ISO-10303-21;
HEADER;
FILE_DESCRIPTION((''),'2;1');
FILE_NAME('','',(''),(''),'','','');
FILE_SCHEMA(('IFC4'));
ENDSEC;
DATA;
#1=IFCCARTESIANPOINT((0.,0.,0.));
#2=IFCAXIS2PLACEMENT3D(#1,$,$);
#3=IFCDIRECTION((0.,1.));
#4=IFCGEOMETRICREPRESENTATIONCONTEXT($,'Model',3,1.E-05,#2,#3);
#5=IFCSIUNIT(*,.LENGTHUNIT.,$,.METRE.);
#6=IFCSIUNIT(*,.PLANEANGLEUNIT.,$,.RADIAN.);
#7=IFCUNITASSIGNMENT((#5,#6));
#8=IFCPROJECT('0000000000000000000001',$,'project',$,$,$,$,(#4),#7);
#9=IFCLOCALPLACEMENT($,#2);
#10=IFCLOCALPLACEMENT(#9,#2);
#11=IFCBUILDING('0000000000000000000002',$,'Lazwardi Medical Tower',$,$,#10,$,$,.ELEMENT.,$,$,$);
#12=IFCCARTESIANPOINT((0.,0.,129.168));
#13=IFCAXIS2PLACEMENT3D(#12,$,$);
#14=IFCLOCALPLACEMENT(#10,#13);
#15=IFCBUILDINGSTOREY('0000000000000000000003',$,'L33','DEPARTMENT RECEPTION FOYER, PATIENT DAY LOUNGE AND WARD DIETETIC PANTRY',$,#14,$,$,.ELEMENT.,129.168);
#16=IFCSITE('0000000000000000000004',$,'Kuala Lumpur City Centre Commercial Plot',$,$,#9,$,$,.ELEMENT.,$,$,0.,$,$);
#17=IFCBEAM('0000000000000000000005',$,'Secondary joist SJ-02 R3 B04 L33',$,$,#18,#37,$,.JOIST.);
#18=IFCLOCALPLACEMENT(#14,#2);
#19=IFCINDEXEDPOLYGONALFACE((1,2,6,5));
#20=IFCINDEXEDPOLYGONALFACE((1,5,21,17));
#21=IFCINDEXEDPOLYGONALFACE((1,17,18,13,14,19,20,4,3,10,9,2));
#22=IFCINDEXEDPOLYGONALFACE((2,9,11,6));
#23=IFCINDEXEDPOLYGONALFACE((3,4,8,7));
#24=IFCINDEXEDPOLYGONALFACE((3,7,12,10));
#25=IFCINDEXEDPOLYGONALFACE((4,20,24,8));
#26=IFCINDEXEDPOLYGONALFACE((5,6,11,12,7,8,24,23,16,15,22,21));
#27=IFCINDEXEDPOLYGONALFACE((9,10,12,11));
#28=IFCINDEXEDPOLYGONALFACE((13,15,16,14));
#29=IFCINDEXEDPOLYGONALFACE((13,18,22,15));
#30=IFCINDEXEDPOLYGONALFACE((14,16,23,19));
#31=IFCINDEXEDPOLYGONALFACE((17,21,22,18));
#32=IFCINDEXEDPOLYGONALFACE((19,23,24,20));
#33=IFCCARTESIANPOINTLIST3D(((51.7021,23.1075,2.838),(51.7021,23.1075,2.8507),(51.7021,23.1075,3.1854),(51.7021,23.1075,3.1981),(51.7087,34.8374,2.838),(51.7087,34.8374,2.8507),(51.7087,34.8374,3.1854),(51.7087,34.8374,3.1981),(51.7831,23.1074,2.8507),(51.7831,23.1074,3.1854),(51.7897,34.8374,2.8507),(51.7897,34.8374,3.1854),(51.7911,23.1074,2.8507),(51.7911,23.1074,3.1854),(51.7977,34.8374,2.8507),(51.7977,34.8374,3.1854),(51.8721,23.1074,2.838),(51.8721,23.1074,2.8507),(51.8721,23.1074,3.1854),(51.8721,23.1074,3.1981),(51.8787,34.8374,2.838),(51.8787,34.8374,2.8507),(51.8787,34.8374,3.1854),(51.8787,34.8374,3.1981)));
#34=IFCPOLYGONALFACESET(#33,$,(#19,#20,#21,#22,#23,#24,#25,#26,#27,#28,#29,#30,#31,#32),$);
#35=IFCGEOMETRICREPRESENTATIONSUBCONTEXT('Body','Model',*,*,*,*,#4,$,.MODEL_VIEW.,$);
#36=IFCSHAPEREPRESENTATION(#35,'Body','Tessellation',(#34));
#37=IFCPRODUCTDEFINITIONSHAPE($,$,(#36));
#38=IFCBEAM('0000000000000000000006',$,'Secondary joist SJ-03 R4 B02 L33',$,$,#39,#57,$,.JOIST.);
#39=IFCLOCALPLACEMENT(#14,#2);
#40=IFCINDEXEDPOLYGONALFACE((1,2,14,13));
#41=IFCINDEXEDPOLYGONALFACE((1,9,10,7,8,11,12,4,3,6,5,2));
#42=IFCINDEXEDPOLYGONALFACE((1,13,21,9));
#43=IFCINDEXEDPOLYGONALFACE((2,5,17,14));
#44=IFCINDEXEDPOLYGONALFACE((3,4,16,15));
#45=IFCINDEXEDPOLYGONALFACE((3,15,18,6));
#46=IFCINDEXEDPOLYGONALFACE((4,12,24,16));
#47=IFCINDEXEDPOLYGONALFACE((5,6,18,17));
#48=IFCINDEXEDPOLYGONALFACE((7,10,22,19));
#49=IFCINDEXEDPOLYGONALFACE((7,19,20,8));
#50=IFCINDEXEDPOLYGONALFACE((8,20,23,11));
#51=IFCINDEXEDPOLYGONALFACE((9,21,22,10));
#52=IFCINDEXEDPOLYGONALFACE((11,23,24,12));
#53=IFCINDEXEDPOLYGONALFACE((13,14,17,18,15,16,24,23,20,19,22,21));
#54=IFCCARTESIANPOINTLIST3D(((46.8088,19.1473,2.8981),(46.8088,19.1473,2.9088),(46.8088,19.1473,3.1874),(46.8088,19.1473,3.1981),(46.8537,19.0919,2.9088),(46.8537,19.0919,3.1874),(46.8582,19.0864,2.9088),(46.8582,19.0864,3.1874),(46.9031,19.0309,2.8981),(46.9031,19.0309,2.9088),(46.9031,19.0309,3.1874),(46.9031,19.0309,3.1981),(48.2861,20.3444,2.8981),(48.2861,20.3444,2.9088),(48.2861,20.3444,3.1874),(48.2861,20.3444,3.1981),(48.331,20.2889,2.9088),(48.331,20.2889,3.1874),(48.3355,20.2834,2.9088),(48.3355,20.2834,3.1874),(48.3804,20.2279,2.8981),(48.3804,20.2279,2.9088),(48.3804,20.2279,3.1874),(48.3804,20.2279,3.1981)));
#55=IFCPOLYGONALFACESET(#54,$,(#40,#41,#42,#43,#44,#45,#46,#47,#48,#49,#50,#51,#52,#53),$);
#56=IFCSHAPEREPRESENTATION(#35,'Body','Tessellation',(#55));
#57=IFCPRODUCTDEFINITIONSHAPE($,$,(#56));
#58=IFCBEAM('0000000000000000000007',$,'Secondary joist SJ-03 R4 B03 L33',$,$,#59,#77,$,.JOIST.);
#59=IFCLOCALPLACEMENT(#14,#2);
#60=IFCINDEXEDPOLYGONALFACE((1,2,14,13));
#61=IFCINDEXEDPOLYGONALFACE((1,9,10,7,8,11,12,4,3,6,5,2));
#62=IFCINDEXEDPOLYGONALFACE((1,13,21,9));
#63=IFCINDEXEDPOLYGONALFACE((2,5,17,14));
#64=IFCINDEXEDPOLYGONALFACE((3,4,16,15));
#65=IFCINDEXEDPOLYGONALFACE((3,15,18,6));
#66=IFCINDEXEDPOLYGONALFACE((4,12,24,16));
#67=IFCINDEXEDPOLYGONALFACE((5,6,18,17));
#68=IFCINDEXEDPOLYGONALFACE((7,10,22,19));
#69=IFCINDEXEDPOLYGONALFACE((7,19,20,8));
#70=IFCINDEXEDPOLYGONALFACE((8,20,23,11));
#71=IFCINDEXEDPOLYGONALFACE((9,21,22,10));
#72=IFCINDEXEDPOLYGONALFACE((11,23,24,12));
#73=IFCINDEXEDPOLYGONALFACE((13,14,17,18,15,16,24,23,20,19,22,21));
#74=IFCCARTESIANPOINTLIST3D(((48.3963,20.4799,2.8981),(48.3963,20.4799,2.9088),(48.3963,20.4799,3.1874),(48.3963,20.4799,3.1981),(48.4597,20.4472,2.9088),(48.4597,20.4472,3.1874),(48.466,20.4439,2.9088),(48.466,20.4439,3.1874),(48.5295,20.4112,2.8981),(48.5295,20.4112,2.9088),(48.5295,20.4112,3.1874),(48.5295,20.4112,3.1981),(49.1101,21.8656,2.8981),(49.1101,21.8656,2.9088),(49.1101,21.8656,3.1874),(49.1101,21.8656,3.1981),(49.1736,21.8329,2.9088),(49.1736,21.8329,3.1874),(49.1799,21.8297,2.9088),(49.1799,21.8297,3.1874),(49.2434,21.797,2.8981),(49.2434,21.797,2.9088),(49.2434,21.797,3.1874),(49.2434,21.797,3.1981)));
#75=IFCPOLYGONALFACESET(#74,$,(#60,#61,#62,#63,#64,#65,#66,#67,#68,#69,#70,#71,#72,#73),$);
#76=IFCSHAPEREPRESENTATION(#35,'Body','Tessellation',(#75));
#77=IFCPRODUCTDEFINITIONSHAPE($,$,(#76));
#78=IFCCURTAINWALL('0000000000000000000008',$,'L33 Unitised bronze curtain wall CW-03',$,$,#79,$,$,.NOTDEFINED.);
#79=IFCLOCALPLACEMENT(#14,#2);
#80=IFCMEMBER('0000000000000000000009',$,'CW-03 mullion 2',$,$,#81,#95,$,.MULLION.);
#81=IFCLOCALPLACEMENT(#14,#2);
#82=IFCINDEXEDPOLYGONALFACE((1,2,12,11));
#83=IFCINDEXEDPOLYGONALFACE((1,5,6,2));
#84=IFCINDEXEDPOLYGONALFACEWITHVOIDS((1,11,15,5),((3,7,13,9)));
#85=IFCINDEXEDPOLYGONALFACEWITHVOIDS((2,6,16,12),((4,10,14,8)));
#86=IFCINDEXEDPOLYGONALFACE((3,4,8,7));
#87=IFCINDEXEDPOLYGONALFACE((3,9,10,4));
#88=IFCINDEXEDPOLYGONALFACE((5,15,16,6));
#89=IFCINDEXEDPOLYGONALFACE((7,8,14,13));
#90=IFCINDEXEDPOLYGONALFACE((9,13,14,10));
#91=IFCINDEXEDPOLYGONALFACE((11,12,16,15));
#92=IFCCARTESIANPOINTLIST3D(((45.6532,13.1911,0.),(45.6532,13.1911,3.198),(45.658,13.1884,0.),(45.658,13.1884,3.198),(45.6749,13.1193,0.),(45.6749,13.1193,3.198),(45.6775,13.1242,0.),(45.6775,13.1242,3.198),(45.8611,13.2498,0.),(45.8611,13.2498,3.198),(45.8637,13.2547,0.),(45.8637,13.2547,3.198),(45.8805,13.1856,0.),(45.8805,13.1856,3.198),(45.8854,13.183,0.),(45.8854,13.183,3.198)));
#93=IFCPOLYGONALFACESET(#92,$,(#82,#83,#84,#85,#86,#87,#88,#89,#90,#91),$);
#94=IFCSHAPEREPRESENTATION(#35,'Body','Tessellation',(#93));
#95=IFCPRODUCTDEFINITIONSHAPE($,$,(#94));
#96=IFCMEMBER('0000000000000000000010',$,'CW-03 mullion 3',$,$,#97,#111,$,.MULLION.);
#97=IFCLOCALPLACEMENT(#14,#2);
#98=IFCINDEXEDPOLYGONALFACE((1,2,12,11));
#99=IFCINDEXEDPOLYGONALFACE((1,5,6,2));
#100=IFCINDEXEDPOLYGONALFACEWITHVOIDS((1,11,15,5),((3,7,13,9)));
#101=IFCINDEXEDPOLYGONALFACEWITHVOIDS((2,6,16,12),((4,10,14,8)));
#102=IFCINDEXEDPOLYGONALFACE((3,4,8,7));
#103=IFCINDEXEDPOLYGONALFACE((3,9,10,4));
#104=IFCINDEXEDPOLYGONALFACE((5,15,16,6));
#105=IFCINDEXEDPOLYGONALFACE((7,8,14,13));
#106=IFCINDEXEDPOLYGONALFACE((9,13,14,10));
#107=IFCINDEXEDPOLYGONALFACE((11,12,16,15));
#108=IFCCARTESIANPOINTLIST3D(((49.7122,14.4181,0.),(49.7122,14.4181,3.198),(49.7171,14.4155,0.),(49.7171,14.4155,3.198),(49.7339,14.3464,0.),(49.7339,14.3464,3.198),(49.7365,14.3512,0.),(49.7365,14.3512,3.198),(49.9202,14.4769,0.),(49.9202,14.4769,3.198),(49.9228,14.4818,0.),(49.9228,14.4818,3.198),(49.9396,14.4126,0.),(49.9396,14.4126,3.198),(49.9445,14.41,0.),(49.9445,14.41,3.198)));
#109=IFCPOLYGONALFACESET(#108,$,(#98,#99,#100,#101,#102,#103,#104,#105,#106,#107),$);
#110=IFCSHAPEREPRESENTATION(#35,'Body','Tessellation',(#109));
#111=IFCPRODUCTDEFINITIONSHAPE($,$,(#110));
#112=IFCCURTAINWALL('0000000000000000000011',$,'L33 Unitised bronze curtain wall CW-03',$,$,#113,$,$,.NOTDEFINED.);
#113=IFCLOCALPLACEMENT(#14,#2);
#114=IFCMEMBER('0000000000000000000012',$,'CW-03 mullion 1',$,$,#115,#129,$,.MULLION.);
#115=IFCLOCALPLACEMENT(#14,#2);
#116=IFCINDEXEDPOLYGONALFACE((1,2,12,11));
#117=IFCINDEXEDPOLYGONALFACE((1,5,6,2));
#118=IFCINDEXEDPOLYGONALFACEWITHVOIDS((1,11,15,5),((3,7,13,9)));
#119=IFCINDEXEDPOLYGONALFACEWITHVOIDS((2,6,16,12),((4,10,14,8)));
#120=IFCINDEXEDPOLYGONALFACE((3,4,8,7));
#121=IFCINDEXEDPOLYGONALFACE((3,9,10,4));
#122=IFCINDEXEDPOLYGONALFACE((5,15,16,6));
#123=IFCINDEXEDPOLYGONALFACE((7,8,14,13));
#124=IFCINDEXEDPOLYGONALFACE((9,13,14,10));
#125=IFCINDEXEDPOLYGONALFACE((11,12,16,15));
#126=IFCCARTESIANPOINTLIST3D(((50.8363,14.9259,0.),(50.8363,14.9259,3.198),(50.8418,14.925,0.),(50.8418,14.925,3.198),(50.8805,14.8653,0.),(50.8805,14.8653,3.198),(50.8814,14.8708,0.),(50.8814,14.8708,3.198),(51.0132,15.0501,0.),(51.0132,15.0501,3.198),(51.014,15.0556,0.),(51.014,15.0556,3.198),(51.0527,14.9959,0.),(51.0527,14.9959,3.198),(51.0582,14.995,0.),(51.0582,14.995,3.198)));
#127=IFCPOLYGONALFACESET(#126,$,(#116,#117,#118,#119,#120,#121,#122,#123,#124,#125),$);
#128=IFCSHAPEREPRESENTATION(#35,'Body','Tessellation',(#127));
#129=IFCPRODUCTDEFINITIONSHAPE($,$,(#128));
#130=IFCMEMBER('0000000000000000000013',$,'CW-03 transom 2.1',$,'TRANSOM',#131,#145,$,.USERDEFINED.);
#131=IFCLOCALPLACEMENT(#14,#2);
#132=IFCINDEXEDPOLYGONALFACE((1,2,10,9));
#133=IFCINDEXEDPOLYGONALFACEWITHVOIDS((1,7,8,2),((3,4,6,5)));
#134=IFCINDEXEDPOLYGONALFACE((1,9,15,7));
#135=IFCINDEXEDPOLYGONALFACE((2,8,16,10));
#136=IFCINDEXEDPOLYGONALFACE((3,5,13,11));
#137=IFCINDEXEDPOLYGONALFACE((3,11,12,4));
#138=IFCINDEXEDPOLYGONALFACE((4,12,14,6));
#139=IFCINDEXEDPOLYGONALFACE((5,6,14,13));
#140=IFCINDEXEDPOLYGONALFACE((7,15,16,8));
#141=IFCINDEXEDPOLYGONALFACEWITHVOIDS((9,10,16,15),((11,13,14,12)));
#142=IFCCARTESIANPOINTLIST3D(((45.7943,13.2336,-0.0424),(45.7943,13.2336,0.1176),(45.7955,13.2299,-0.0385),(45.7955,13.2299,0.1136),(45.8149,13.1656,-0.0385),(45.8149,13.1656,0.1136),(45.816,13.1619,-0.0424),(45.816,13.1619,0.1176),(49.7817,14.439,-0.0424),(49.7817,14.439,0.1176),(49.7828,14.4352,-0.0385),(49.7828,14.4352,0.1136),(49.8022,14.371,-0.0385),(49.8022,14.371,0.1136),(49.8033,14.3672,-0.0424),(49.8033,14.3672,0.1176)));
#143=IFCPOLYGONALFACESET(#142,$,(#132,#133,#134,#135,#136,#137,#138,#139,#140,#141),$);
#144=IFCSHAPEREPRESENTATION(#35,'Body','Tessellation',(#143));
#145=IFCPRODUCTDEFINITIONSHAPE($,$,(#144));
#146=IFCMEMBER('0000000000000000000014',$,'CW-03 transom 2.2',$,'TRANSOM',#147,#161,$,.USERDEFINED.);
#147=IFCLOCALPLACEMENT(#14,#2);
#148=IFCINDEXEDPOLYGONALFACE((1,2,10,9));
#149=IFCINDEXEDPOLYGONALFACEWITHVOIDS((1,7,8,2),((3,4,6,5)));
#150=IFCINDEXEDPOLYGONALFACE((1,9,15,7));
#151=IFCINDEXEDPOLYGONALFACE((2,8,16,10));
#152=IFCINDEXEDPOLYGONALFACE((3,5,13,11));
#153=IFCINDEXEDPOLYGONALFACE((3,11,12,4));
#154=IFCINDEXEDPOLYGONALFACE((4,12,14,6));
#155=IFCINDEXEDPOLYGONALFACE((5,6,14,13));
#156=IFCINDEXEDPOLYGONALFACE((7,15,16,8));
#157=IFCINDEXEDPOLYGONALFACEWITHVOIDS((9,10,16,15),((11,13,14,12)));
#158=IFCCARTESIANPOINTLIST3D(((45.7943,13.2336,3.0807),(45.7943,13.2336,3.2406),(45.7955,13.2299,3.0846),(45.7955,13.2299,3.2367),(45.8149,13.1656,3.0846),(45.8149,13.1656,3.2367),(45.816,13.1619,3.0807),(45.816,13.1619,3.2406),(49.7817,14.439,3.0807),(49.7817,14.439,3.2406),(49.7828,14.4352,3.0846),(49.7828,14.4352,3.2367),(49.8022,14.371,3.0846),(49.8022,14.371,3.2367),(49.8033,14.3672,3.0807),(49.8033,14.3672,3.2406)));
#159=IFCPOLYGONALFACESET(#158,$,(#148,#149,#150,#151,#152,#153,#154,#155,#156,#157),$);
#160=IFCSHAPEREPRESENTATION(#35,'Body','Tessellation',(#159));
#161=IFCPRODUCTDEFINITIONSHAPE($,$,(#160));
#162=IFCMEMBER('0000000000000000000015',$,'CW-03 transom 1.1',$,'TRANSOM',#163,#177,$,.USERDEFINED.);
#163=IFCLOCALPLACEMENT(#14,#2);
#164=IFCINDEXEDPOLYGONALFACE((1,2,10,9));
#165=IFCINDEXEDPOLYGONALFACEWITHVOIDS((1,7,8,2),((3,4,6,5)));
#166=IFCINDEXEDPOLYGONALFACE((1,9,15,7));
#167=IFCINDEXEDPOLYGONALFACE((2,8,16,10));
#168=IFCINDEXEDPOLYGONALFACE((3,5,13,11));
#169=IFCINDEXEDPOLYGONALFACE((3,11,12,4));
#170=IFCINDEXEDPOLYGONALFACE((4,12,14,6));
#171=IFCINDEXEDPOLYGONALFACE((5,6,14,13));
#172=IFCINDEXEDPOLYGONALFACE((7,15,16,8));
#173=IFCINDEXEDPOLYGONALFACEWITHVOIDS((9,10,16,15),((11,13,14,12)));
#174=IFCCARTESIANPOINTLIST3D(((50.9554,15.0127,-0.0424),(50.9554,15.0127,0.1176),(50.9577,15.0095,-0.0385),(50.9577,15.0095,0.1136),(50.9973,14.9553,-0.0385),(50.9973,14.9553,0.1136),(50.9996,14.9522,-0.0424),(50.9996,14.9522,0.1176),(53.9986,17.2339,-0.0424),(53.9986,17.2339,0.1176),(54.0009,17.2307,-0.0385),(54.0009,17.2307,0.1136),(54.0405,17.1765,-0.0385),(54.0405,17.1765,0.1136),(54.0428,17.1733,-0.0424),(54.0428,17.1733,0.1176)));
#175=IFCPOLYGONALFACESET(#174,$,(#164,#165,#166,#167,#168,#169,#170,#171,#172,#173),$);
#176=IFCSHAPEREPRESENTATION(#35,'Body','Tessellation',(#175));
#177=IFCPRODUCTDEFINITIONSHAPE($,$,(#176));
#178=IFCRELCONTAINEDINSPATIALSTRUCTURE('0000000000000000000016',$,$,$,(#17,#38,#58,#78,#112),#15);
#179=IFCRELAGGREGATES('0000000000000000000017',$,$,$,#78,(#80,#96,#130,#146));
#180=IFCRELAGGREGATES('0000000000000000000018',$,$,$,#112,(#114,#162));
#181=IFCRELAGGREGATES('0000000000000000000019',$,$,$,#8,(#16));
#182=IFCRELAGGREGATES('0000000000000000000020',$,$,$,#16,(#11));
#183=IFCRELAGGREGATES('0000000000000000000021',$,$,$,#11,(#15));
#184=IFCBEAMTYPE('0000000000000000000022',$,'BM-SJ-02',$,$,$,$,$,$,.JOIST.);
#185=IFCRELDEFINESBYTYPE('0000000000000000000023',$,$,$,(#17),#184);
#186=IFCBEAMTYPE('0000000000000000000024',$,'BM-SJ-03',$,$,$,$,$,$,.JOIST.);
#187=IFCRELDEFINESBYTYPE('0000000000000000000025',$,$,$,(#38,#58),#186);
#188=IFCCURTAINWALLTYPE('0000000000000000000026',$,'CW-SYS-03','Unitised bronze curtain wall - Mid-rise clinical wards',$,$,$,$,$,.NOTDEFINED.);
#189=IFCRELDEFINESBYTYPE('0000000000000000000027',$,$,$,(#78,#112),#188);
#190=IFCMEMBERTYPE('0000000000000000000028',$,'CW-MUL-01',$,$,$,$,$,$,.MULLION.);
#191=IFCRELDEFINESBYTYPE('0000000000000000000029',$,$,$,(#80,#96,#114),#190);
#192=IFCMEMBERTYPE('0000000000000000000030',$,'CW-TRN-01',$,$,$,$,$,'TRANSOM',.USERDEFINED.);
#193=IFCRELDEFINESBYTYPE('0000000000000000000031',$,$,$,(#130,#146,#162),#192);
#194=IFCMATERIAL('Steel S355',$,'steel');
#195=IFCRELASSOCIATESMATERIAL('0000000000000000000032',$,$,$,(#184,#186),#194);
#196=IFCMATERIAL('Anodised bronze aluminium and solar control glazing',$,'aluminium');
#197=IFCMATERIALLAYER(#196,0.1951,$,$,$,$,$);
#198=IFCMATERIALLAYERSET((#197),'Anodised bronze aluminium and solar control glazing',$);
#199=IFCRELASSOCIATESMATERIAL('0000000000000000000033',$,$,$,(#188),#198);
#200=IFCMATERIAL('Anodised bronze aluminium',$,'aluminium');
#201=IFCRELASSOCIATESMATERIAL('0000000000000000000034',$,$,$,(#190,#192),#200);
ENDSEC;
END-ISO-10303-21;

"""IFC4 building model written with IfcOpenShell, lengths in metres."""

from ifc_helpers import new_model, si_unit, direction, frame, origin, origin_2d, place, context, subcontext, project, spatial, hollow_rectangle, i_section, extrude, material, layer, layer_set, material_profile, profile_set, type_object, element, aggregate, save


model = new_model("IFC4")

# Units and contexts
model_context = context("Model", 3, precision=1e-05, world=origin(), true_north=direction((0.0, 1.0)))
body_context = subcontext(model_context, "Body", "Model", "MODEL_VIEW")
ifc_project = project(units=[si_unit("LENGTHUNIT", "METRE"), si_unit("PLANEANGLEUNIT", "RADIAN")], contexts=[model_context])

# Site, building, storey
site_placement = place(None, origin())
site = spatial("IfcSite", under=ifc_project, at=site_placement, Name="Kuala Lumpur City Centre Commercial Plot", CompositionType="ELEMENT", RefElevation=0.0)
building_placement = place(site_placement, origin())
building = spatial("IfcBuilding", under=site, at=building_placement, Name="Lazwardi Medical Tower", CompositionType="ELEMENT")
storey_placement = place(building_placement, frame((0.0, 0.0, 129.168)))
storey = spatial("IfcBuildingStorey", under=building, at=storey_placement, Name="L33", Description="DEPARTMENT RECEPTION FOYER, PATIENT DAY LOUNGE AND WARD DIETETIC PANTRY", CompositionType="ELEMENT", Elevation=129.168)

# Beams
ifc_material_1 = material(Name="Steel S355", Category="steel")
ifc_material_profile_1 = material_profile(ifc_material_1, i_section(OverallWidth=0.1699, OverallDepth=0.3601, WebThickness=0.0081, FlangeThickness=0.0127, at=origin_2d()), Name="IPE 360")
ifc_profile_set_1 = profile_set([ifc_material_profile_1], Name="Steel S355")
beam_type_1 = type_object("IfcBeamType", Name="BM-SJ-02", PredefinedType="JOIST", material=ifc_profile_set_1)
beam_1_placement = place(storey_placement, frame((51.7871, 23.1074, 3.0181), z_axis=(0.000562, 1.0, 0.0), x_axis=(-1.0, 0.000562, 0.0)))
element("IfcBeam", 1, at=beam_1_placement, inside=storey, type_object=beam_type_1, Name="Secondary joist SJ-02 R3 B04 L33", PredefinedType="JOIST", context=body_context, shape_type="SweptSolid", body=[
    extrude(i_section(OverallWidth=0.1699, OverallDepth=0.3601, WebThickness=0.0081, FlangeThickness=0.0127, at=origin_2d()), origin(), (0.0, 0.0, 1.0), 11.73),
])
ifc_material_profile_2 = material_profile(ifc_material_1, i_section(OverallWidth=0.1499, OverallDepth=0.3, WebThickness=0.0071, FlangeThickness=0.0107, at=origin_2d()), Name="IPE 300")
ifc_profile_set_2 = profile_set([ifc_material_profile_2], Name="Steel S355")
beam_type_2 = type_object("IfcBeamType", Name="BM-SJ-03", PredefinedType="JOIST", material=ifc_profile_set_2)
beam_2_placement = place(storey_placement, frame((46.856, 19.0891, 3.0481), z_axis=(0.776958, 0.629553, 0.0), x_axis=(-0.629553, 0.776958, 0.0)))
element("IfcBeam", 2, at=beam_2_placement, inside=storey, type_object=beam_type_2, Name="Secondary joist SJ-03 R4 B02 L33", PredefinedType="JOIST", context=body_context, shape_type="SweptSolid", body=[
    extrude(i_section(OverallWidth=0.1499, OverallDepth=0.3, WebThickness=0.0071, FlangeThickness=0.0107, at=origin_2d()), origin(), (0.0, 0.0, 1.0), 1.9014),
])
beam_3_placement = place(storey_placement, frame((48.4629, 20.4456, 3.0481), z_axis=(0.457957, 0.888975, 0.0), x_axis=(-0.888975, 0.457957, 0.0)))
element("IfcBeam", 3, at=beam_3_placement, inside=storey, type_object=beam_type_2, Name="Secondary joist SJ-03 R4 B03 L33", PredefinedType="JOIST", context=body_context, shape_type="SweptSolid", body=[
    extrude(i_section(OverallWidth=0.1499, OverallDepth=0.3, WebThickness=0.0071, FlangeThickness=0.0107, at=origin_2d()), origin(), (0.0, 0.0, 1.0), 1.5588),
])

# Curtain wall, members
ifc_material_2 = material(Name="Anodised bronze aluminium and solar control glazing", Category="aluminium")
ifc_layer_1 = layer(ifc_material_2, 0.1951)
ifc_layer_set_1 = layer_set([ifc_layer_1], Name="Anodised bronze aluminium and solar control glazing")
curtain_wall_type = type_object("IfcCurtainWallType", Name="CW-SYS-03", Description="Unitised bronze curtain wall - Mid-rise clinical wards", PredefinedType="NOTDEFINED", material=ifc_layer_set_1)
curtain_wall_1_placement = place(storey_placement, origin())
curtain_wall_1 = element("IfcCurtainWall", 4, at=curtain_wall_1_placement, inside=storey, type_object=curtain_wall_type, Name="L33 Unitised bronze curtain wall CW-03", PredefinedType="NOTDEFINED")
ifc_material_3 = material(Name="Anodised bronze aluminium", Category="aluminium")
ifc_material_profile_3 = material_profile(ifc_material_3, hollow_rectangle(XDim=0.075, YDim=0.22, WallThickness=0.0039, at=origin_2d()), Name="ALU-MULLION 220x75x4")
ifc_profile_set_3 = profile_set([ifc_material_profile_3], Name="Anodised bronze aluminium")
member_type_1 = type_object("IfcMemberType", Name="CW-MUL-01", PredefinedType="MULLION", material=ifc_profile_set_3)
member_1_placement = place(storey_placement, frame((45.7693, 13.187, 0.0), z_axis=(0.0, 0.0, 1.0), x_axis=(-0.289374, 0.957216, 0.0)))
member_1 = element("IfcMember", 5, at=member_1_placement, type_object=member_type_1, Name="CW-03 mullion 2", PredefinedType="MULLION", context=body_context, shape_type="SweptSolid", body=[
    extrude(hollow_rectangle(XDim=0.075, YDim=0.22, WallThickness=0.0039, at=origin_2d()), origin(), (0.0, 0.0, 1.0), 3.198),
])
member_2_placement = place(storey_placement, frame((49.8284, 14.4141, 0.0), z_axis=(0.0, 0.0, 1.0), x_axis=(-0.289374, 0.957216, 0.0)))
member_2 = element("IfcMember", 6, at=member_2_placement, type_object=member_type_1, Name="CW-03 mullion 3", PredefinedType="MULLION", context=body_context, shape_type="SweptSolid", body=[
    extrude(hollow_rectangle(XDim=0.075, YDim=0.22, WallThickness=0.0039, at=origin_2d()), origin(), (0.0, 0.0, 1.0), 3.198),
])

# Curtain wall, member
curtain_wall_2_placement = place(storey_placement, origin())
curtain_wall_2 = element("IfcCurtainWall", 7, at=curtain_wall_2_placement, inside=storey, type_object=curtain_wall_type, Name="L33 Unitised bronze curtain wall CW-03", PredefinedType="NOTDEFINED")
member_3_placement = place(storey_placement, frame((50.9473, 14.9604, 0.0), z_axis=(0.0, 0.0, 1.0), x_axis=(-0.589531, 0.807746, 0.0)))
member_3 = element("IfcMember", 8, at=member_3_placement, type_object=member_type_1, Name="CW-03 mullion 1", PredefinedType="MULLION", context=body_context, shape_type="SweptSolid", body=[
    extrude(hollow_rectangle(XDim=0.075, YDim=0.22, WallThickness=0.0039, at=origin_2d()), origin(), (0.0, 0.0, 1.0), 3.198),
])

# Members
ifc_material_profile_4 = material_profile(ifc_material_3, hollow_rectangle(XDim=0.075, YDim=0.1599, WallThickness=0.0039, at=origin_2d()), Name="ALU-TRANSOM 160x75x4")
ifc_profile_set_4 = profile_set([ifc_material_profile_4], Name="Anodised bronze aluminium")
member_type_2 = type_object("IfcMemberType", Name="CW-TRN-01", ElementType="TRANSOM", PredefinedType="USERDEFINED", material=ifc_profile_set_4)
member_4_placement = place(storey_placement, frame((45.8052, 13.1978, 0.0376), z_axis=(0.957221, 0.289358, 0.0), x_axis=(-0.289358, 0.957221, 0.0)))
member_4 = element("IfcMember", 9, at=member_4_placement, type_object=member_type_2, Name="CW-03 transom 2.1", ObjectType="TRANSOM", PredefinedType="USERDEFINED", context=body_context, shape_type="SweptSolid", body=[
    extrude(hollow_rectangle(XDim=0.075, YDim=0.1599, WallThickness=0.0039, at=origin_2d()), origin(), (0.0, 0.0, 1.0), 4.1655),
])
member_5_placement = place(storey_placement, frame((45.8052, 13.1978, 3.1606), z_axis=(0.957221, 0.289358, 0.0), x_axis=(-0.289358, 0.957221, 0.0)))
member_5 = element("IfcMember", 10, at=member_5_placement, type_object=member_type_2, Name="CW-03 transom 2.2", ObjectType="TRANSOM", PredefinedType="USERDEFINED", context=body_context, shape_type="SweptSolid", body=[
    extrude(hollow_rectangle(XDim=0.075, YDim=0.1599, WallThickness=0.0039, at=origin_2d()), origin(), (0.0, 0.0, 1.0), 4.1655),
])
member_6_placement = place(storey_placement, frame((50.9775, 14.9824, 0.0376), z_axis=(0.807732, 0.58955, 0.0), x_axis=(-0.58955, 0.807732, 0.0)))
member_6 = element("IfcMember", 11, at=member_6_placement, type_object=member_type_2, Name="CW-03 transom 1.1", ObjectType="TRANSOM", PredefinedType="USERDEFINED", context=body_context, shape_type="SweptSolid", body=[
    extrude(hollow_rectangle(XDim=0.075, YDim=0.1599, WallThickness=0.0039, at=origin_2d()), origin(), (0.0, 0.0, 1.0), 3.7676),
])

aggregate(curtain_wall_1, [member_1, member_2, member_4, member_5])
aggregate(curtain_wall_2, [member_3, member_6])

save(model, "model.ifc")
